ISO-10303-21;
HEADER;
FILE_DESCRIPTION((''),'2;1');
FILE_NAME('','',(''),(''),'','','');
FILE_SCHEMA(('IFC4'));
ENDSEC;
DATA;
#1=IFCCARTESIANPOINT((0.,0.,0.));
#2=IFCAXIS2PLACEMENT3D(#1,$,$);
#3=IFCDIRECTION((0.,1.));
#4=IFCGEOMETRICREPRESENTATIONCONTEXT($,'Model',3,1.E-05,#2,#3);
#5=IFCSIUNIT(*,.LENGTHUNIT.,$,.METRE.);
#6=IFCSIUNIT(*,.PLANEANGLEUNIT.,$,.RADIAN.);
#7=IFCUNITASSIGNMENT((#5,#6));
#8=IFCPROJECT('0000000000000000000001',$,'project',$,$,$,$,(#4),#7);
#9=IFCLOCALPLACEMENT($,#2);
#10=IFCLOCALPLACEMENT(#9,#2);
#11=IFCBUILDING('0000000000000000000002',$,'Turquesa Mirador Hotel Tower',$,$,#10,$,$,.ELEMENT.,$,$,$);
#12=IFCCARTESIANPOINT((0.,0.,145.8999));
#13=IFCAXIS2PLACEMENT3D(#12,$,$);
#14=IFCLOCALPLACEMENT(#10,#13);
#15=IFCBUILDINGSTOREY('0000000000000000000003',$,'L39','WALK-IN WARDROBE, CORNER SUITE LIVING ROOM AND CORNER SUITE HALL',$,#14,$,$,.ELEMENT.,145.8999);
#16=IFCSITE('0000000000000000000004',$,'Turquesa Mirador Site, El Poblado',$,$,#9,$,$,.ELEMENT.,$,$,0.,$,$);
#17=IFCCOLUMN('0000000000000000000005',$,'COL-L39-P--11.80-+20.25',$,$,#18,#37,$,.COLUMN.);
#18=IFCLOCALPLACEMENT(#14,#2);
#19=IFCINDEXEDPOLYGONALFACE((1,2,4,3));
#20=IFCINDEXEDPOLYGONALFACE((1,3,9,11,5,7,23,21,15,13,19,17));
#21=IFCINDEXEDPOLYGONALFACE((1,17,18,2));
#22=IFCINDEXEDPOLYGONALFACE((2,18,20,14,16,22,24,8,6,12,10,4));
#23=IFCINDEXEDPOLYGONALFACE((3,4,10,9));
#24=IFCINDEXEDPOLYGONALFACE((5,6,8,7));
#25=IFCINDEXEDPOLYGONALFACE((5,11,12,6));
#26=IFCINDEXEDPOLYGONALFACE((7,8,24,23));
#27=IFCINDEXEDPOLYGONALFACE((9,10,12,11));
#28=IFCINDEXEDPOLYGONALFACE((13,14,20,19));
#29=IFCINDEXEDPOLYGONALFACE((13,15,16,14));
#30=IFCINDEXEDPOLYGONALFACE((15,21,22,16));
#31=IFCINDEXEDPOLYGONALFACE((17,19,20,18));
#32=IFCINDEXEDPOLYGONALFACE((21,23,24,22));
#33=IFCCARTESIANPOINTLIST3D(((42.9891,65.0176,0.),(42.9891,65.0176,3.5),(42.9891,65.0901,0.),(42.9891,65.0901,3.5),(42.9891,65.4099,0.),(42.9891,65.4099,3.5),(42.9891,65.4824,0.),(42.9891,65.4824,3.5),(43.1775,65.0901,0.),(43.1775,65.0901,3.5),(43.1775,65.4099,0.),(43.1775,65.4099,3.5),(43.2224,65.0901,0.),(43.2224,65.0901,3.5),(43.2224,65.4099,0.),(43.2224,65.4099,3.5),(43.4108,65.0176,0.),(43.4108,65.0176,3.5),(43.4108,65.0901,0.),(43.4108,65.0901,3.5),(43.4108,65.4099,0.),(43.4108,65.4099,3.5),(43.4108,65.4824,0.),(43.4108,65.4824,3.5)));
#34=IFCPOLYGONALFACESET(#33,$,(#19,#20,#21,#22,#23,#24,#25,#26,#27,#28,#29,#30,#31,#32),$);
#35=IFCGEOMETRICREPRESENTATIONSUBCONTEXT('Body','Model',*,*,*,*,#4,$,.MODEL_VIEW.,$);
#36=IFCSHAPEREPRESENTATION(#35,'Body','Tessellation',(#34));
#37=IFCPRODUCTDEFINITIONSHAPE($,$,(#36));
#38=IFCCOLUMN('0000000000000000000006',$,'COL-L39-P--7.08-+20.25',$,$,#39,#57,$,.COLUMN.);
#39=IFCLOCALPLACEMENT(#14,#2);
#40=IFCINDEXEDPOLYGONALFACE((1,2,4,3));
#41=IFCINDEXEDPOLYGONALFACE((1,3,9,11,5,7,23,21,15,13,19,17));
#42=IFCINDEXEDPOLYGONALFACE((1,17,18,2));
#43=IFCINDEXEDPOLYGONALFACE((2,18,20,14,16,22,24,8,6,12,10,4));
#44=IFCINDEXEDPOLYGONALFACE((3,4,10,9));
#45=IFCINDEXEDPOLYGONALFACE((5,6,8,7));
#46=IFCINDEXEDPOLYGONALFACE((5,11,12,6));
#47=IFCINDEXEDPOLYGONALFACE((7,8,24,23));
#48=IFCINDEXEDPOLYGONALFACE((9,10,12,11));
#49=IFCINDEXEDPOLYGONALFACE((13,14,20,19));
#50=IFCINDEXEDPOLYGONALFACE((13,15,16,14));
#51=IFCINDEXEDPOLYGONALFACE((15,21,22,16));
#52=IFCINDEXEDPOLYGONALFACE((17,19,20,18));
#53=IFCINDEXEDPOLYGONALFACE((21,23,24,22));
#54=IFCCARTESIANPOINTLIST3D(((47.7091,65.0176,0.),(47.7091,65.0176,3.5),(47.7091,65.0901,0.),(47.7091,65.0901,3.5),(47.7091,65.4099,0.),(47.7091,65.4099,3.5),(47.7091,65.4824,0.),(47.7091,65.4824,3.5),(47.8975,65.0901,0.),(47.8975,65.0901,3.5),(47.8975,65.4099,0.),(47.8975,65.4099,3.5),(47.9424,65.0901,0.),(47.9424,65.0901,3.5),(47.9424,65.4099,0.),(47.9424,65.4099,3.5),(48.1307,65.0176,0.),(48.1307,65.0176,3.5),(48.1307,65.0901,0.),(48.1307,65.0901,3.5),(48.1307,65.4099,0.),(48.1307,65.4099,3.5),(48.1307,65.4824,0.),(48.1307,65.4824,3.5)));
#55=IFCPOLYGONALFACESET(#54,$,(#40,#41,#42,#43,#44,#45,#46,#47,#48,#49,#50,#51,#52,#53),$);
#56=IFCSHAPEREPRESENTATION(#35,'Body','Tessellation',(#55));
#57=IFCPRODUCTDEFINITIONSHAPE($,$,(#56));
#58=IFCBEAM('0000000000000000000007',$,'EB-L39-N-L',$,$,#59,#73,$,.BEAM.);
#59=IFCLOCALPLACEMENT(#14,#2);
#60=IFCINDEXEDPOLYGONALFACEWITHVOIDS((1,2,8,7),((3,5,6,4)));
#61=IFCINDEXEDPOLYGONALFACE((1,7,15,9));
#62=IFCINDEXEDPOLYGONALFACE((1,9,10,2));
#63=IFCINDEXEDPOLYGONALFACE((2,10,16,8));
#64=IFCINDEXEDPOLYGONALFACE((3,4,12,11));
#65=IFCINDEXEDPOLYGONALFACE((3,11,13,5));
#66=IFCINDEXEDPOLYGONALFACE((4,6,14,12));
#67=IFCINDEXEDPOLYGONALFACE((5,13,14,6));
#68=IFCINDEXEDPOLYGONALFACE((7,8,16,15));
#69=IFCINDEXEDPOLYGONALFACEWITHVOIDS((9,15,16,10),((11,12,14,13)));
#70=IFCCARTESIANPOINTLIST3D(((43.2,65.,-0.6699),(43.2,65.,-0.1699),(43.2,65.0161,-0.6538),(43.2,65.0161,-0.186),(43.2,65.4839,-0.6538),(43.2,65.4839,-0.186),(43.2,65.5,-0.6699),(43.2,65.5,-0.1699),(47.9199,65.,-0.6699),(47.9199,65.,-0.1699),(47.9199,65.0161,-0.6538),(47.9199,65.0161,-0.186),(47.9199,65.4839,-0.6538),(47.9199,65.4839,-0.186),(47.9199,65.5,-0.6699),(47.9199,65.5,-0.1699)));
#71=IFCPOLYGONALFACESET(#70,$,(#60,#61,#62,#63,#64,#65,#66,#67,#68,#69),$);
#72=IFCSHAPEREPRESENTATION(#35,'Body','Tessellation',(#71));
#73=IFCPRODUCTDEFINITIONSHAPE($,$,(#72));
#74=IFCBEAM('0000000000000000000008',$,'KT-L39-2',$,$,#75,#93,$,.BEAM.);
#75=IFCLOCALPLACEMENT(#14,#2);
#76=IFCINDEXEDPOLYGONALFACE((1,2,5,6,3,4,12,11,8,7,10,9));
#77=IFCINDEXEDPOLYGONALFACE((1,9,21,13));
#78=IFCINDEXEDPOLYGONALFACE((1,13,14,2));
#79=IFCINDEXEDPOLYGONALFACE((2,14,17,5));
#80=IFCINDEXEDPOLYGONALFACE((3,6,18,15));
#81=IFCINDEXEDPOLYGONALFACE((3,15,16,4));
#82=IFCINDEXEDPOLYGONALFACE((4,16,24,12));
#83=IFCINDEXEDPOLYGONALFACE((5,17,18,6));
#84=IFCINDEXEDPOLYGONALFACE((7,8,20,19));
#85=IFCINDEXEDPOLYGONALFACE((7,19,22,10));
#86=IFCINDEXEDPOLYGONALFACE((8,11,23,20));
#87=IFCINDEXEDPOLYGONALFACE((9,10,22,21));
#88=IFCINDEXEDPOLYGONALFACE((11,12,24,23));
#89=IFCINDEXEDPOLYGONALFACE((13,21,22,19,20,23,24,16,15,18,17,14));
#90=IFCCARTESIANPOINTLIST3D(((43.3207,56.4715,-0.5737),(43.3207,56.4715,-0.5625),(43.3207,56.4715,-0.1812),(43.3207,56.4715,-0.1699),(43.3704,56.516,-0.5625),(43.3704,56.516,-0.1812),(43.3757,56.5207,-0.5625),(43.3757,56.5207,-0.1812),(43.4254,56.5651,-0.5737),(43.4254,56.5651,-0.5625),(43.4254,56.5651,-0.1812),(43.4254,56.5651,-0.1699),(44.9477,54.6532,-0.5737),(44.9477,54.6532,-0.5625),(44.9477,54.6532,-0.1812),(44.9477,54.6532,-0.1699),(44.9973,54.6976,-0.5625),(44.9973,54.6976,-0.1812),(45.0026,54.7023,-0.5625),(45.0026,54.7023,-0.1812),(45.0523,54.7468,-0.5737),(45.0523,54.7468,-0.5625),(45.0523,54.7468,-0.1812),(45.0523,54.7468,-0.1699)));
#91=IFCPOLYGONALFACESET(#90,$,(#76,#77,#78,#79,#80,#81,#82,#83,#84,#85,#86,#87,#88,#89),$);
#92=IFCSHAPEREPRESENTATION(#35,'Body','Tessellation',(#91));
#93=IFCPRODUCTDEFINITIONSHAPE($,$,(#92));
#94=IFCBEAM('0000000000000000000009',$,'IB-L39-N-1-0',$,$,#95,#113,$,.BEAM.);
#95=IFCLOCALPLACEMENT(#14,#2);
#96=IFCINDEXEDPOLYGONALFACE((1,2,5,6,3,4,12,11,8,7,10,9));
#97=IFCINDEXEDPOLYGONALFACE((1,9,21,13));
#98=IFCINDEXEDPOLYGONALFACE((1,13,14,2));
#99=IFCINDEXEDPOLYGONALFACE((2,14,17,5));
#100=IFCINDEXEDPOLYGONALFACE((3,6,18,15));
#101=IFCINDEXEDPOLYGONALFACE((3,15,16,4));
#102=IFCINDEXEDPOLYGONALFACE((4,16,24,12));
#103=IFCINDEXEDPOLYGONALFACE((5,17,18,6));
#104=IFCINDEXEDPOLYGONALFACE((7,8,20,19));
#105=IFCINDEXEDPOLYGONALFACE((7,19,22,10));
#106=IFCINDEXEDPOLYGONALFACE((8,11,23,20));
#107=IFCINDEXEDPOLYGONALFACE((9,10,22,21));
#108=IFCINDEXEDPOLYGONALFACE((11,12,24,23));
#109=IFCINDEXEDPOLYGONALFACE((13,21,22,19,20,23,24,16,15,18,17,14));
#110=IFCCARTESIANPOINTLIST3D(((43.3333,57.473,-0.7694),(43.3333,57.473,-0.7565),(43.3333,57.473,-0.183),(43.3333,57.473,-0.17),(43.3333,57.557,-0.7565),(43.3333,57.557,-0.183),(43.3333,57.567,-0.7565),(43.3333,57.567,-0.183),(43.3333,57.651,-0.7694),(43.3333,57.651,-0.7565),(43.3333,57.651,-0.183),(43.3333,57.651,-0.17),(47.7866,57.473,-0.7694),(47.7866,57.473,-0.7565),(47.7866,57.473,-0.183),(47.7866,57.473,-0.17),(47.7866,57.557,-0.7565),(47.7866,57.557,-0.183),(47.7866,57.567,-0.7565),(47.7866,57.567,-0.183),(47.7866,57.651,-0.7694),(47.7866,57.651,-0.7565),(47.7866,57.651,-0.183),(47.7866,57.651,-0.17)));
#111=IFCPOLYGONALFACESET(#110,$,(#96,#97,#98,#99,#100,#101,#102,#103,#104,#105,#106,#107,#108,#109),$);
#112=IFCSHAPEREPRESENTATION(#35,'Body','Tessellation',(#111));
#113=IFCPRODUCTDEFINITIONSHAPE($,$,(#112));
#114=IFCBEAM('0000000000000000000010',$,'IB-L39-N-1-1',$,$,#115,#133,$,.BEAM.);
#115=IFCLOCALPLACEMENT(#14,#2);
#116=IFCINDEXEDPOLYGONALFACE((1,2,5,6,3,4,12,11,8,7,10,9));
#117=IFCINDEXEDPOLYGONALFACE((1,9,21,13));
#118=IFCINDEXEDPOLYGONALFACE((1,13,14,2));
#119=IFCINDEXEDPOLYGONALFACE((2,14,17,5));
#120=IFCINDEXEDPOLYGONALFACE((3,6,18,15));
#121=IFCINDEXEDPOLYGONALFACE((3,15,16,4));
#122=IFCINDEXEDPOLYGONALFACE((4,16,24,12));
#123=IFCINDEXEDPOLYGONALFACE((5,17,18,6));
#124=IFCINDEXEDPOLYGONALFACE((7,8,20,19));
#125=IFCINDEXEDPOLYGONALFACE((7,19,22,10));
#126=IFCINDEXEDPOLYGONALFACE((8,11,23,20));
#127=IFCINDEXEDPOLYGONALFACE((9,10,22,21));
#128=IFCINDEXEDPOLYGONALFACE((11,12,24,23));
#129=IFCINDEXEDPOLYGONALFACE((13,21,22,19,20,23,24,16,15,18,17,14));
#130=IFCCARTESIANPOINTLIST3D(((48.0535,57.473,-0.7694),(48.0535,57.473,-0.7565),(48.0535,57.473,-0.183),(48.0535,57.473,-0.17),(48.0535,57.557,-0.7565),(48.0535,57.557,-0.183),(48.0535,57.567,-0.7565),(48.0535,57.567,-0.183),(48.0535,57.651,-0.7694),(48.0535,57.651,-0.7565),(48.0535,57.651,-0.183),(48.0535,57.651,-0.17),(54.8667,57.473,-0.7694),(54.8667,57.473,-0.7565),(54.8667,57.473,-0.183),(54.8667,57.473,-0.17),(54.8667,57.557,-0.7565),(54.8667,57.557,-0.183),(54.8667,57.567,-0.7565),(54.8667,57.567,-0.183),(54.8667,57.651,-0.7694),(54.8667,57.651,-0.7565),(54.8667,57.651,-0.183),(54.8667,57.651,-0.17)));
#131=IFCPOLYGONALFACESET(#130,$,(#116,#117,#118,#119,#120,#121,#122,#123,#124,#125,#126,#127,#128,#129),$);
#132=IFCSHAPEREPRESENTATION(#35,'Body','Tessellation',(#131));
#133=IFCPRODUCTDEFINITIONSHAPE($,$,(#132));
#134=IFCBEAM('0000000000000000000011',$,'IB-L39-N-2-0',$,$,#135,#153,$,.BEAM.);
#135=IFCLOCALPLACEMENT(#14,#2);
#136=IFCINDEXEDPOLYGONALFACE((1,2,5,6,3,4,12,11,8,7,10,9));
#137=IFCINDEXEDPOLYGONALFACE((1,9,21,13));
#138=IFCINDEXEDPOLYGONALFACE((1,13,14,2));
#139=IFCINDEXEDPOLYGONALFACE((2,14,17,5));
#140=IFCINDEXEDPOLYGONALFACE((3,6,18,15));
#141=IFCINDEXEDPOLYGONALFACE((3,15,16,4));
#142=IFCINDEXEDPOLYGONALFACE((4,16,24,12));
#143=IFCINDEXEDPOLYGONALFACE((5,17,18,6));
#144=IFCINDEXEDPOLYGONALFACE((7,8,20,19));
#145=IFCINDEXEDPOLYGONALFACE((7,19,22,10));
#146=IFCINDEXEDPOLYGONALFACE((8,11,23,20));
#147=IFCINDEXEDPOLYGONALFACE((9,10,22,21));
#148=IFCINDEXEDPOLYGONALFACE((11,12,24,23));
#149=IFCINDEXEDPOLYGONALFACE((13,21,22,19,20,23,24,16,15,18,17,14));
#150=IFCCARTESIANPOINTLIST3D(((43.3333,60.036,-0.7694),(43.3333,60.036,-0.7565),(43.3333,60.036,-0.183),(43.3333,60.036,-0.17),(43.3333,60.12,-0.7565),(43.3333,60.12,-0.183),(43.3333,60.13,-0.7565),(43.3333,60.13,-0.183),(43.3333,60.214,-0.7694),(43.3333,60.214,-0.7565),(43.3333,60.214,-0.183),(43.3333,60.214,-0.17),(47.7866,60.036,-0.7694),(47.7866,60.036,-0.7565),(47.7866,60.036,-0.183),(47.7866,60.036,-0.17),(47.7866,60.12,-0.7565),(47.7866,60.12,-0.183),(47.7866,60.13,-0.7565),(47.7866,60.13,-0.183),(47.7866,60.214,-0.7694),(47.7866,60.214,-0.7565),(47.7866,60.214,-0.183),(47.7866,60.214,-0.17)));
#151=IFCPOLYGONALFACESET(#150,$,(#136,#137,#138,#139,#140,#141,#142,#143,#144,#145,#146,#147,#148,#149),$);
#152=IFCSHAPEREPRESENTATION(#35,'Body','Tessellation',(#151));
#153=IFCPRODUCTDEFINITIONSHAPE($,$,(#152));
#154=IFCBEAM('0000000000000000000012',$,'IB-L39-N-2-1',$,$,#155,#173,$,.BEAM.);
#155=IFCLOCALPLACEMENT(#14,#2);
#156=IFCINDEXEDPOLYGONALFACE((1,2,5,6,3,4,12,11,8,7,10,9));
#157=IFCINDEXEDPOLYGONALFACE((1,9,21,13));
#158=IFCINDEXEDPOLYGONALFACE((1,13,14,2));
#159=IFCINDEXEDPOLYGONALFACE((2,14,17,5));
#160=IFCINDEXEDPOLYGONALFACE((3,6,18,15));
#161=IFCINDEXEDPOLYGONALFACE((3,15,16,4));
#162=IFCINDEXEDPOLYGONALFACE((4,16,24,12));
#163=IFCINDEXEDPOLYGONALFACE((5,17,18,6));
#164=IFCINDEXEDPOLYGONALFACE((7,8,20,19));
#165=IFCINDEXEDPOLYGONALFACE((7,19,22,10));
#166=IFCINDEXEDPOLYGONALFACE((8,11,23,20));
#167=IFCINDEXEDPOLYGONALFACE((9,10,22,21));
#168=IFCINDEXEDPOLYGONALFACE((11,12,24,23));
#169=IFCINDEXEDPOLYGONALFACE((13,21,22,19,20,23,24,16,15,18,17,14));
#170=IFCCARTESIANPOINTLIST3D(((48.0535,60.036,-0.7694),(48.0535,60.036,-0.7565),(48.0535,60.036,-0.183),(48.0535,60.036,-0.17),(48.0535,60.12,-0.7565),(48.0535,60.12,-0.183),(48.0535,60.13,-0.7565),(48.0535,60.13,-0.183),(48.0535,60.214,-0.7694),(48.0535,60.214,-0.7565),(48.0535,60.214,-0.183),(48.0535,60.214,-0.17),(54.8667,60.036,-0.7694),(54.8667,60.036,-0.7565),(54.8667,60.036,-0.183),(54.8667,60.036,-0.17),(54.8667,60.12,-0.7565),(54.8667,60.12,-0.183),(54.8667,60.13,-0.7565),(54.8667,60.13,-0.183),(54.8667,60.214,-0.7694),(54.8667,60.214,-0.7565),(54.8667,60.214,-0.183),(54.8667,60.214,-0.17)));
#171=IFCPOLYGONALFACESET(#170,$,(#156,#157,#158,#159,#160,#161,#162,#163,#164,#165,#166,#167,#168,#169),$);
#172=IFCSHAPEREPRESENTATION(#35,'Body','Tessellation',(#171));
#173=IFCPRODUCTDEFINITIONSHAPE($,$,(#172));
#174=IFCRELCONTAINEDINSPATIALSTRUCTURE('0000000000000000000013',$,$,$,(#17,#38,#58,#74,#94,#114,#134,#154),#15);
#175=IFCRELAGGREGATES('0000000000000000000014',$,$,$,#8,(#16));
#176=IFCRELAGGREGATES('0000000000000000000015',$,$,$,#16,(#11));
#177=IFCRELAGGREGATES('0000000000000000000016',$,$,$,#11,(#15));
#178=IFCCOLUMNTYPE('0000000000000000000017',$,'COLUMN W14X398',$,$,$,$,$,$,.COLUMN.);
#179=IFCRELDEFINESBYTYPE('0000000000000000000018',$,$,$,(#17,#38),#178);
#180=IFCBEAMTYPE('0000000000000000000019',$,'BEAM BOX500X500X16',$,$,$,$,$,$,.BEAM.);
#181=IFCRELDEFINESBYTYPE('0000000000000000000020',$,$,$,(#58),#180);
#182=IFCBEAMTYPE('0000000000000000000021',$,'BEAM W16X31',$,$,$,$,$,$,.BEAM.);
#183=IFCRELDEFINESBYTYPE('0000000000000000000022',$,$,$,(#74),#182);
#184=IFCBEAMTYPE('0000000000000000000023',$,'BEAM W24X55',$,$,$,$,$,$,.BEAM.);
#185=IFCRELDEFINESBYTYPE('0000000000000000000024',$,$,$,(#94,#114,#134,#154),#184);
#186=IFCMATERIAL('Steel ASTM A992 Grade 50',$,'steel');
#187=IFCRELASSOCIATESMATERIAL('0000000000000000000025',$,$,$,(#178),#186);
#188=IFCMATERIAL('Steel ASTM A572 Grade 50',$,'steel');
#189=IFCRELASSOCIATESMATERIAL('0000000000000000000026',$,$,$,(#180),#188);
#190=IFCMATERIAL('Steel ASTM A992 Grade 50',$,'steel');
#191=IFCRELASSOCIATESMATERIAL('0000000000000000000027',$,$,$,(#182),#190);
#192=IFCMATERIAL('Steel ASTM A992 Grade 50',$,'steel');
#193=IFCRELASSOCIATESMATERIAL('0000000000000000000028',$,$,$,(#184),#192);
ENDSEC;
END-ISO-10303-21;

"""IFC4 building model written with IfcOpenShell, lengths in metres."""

from ifc_helpers import new_model, si_unit, direction, frame, origin, origin_2d, place, context, subcontext, project, spatial, hollow_rectangle, i_section, extrude, material, material_profile, profile_set, type_object, element, save


model = new_model("IFC4")

# Units and contexts
model_context = context("Model", 3, precision=1e-05, world=origin(), true_north=direction((0.0, 1.0)))
body_context = subcontext(model_context, "Body", "Model", "MODEL_VIEW")
ifc_project = project(units=[si_unit("LENGTHUNIT", "METRE"), si_unit("PLANEANGLEUNIT", "RADIAN")], contexts=[model_context])

# Site, building, storey
site_placement = place(None, origin())
site = spatial("IfcSite", under=ifc_project, at=site_placement, Name="Turquesa Mirador Site, El Poblado", CompositionType="ELEMENT", RefElevation=0.0)
building_placement = place(site_placement, origin())
building = spatial("IfcBuilding", under=site, at=building_placement, Name="Turquesa Mirador Hotel Tower", CompositionType="ELEMENT")
storey_placement = place(building_placement, frame((0.0, 0.0, 145.8999)))
storey = spatial("IfcBuildingStorey", under=building, at=storey_placement, Name="L39", Description="WALK-IN WARDROBE, CORNER SUITE LIVING ROOM AND CORNER SUITE HALL", CompositionType="ELEMENT", Elevation=145.8999)

# Columns
ifc_material_1 = material(Name="Steel ASTM A992 Grade 50", Category="steel")
ifc_material_profile_1 = material_profile(ifc_material_1, i_section(OverallWidth=0.4216, OverallDepth=0.4648, WebThickness=0.0449, FlangeThickness=0.0725, at=origin_2d()), Name="W14X398")
ifc_profile_set_1 = profile_set([ifc_material_profile_1], Name="Steel ASTM A992 Grade 50")
column_type = type_object("IfcColumnType", Name="COLUMN W14X398", PredefinedType="COLUMN", material=ifc_profile_set_1)
for number, where, z_axis, x_axis, name in (
    (1, (43.2, 65.25, 0.0), (0.0, 0.0, 1.0), (1.0, 0.0, 0.0), "COL-L39-P--11.80-+20.25"),
    (2, (47.9199, 65.25, 0.0), (0.0, 0.0, 1.0), (1.0, 0.0, 0.0), "COL-L39-P--7.08-+20.25"),
):
    element("IfcColumn", number, at=place(storey_placement, frame(where, z_axis=z_axis, x_axis=x_axis)), inside=storey, type_object=column_type, Name=name, PredefinedType="COLUMN", context=body_context, shape_type="SweptSolid", body=[
        extrude(i_section(OverallWidth=0.4216, OverallDepth=0.4648, WebThickness=0.0449, FlangeThickness=0.0725, at=origin_2d()), origin(), (0.0, 0.0, 1.0), 3.5),
    ])

# Beams
ifc_material_2 = material(Name="Steel ASTM A572 Grade 50", Category="steel")
ifc_material_profile_2 = material_profile(ifc_material_2, hollow_rectangle(XDim=0.5, YDim=0.5, WallThickness=0.0161, at=origin_2d()), Name="BOX500X500X16")
ifc_profile_set_2 = profile_set([ifc_material_profile_2], Name="Steel ASTM A572 Grade 50")
beam_type_1 = type_object("IfcBeamType", Name="BEAM BOX500X500X16", PredefinedType="BEAM", material=ifc_profile_set_2)
beam_1_placement = place(storey_placement, frame((43.2, 65.25, -0.4199), z_axis=(1.0, 0.0, 0.0), x_axis=(0.0, 1.0, 0.0)))
element("IfcBeam", 3, at=beam_1_placement, inside=storey, type_object=beam_type_1, Name="EB-L39-N-L", PredefinedType="BEAM", context=body_context, shape_type="SweptSolid", body=[
    extrude(hollow_rectangle(XDim=0.5, YDim=0.5, WallThickness=0.0161, at=origin_2d()), origin(), (0.0, 0.0, 1.0), 4.72),
])
ifc_material_3 = material(Name="Steel ASTM A992 Grade 50", Category="steel")
ifc_material_profile_3 = material_profile(ifc_material_3, i_section(OverallWidth=0.1404, OverallDepth=0.4038, WebThickness=0.0071, FlangeThickness=0.0112, at=origin_2d()), Name="W16X31")
ifc_profile_set_3 = profile_set([ifc_material_profile_3], Name="Steel ASTM A992 Grade 50")
beam_type_2 = type_object("IfcBeamType", Name="BEAM W16X31", PredefinedType="BEAM", material=ifc_profile_set_3)
beam_2_placement = place(storey_placement, frame((43.373, 56.5183, -0.3718), z_axis=(0.666795, -0.745241, 0.0), x_axis=(0.745241, 0.666795, 0.0)))
element("IfcBeam", 4, at=beam_2_placement, inside=storey, type_object=beam_type_2, Name="KT-L39-2", PredefinedType="BEAM", context=body_context, shape_type="SweptSolid", body=[
    extrude(i_section(OverallWidth=0.1404, OverallDepth=0.4038, WebThickness=0.0071, FlangeThickness=0.0112, at=origin_2d()), origin(), (0.0, 0.0, 1.0), 2.4399),
])
ifc_material_4 = material(Name="Steel ASTM A992 Grade 50", Category="steel")
ifc_material_profile_4 = material_profile(ifc_material_4, i_section(OverallWidth=0.178, OverallDepth=0.5994, WebThickness=0.01, FlangeThickness=0.0129, at=origin_2d()), Name="W24X55")
ifc_profile_set_4 = profile_set([ifc_material_profile_4], Name="Steel ASTM A992 Grade 50")
beam_type_3 = type_object("IfcBeamType", Name="BEAM W24X55", PredefinedType="BEAM", material=ifc_profile_set_4)
beam_3_placement = place(storey_placement, frame((43.3333, 57.562, -0.4697), z_axis=(1.0, 0.0, 0.0), x_axis=(0.0, 1.0, 0.0)))
element("IfcBeam", 5, at=beam_3_placement, inside=storey, type_object=beam_type_3, Name="IB-L39-N-1-0", PredefinedType="BEAM", context=body_context, shape_type="SweptSolid", body=[
    extrude(i_section(OverallWidth=0.178, OverallDepth=0.5994, WebThickness=0.01, FlangeThickness=0.0129, at=origin_2d()), origin(), (0.0, 0.0, 1.0), 4.4534),
])
beam_4_placement = place(storey_placement, frame((48.0535, 57.562, -0.4697), z_axis=(1.0, 0.0, 0.0), x_axis=(0.0, 1.0, 0.0)))
element("IfcBeam", 6, at=beam_4_placement, inside=storey, type_object=beam_type_3, Name="IB-L39-N-1-1", PredefinedType="BEAM", context=body_context, shape_type="SweptSolid", body=[
    extrude(i_section(OverallWidth=0.178, OverallDepth=0.5994, WebThickness=0.01, FlangeThickness=0.0129, at=origin_2d()), origin(), (0.0, 0.0, 1.0), 6.8132),
])
beam_5_placement = place(storey_placement, frame((43.3333, 60.125, -0.4697), z_axis=(1.0, 0.0, 0.0), x_axis=(0.0, 1.0, 0.0)))
element("IfcBeam", 7, at=beam_5_placement, inside=storey, type_object=beam_type_3, Name="IB-L39-N-2-0", PredefinedType="BEAM", context=body_context, shape_type="SweptSolid", body=[
    extrude(i_section(OverallWidth=0.178, OverallDepth=0.5994, WebThickness=0.01, FlangeThickness=0.0129, at=origin_2d()), origin(), (0.0, 0.0, 1.0), 4.4534),
])
beam_6_placement = place(storey_placement, frame((48.0535, 60.125, -0.4697), z_axis=(1.0, 0.0, 0.0), x_axis=(0.0, 1.0, 0.0)))
element("IfcBeam", 8, at=beam_6_placement, inside=storey, type_object=beam_type_3, Name="IB-L39-N-2-1", PredefinedType="BEAM", context=body_context, shape_type="SweptSolid", body=[
    extrude(i_section(OverallWidth=0.178, OverallDepth=0.5994, WebThickness=0.01, FlangeThickness=0.0129, at=origin_2d()), origin(), (0.0, 0.0, 1.0), 6.8132),
])

save(model, "model.ifc")
